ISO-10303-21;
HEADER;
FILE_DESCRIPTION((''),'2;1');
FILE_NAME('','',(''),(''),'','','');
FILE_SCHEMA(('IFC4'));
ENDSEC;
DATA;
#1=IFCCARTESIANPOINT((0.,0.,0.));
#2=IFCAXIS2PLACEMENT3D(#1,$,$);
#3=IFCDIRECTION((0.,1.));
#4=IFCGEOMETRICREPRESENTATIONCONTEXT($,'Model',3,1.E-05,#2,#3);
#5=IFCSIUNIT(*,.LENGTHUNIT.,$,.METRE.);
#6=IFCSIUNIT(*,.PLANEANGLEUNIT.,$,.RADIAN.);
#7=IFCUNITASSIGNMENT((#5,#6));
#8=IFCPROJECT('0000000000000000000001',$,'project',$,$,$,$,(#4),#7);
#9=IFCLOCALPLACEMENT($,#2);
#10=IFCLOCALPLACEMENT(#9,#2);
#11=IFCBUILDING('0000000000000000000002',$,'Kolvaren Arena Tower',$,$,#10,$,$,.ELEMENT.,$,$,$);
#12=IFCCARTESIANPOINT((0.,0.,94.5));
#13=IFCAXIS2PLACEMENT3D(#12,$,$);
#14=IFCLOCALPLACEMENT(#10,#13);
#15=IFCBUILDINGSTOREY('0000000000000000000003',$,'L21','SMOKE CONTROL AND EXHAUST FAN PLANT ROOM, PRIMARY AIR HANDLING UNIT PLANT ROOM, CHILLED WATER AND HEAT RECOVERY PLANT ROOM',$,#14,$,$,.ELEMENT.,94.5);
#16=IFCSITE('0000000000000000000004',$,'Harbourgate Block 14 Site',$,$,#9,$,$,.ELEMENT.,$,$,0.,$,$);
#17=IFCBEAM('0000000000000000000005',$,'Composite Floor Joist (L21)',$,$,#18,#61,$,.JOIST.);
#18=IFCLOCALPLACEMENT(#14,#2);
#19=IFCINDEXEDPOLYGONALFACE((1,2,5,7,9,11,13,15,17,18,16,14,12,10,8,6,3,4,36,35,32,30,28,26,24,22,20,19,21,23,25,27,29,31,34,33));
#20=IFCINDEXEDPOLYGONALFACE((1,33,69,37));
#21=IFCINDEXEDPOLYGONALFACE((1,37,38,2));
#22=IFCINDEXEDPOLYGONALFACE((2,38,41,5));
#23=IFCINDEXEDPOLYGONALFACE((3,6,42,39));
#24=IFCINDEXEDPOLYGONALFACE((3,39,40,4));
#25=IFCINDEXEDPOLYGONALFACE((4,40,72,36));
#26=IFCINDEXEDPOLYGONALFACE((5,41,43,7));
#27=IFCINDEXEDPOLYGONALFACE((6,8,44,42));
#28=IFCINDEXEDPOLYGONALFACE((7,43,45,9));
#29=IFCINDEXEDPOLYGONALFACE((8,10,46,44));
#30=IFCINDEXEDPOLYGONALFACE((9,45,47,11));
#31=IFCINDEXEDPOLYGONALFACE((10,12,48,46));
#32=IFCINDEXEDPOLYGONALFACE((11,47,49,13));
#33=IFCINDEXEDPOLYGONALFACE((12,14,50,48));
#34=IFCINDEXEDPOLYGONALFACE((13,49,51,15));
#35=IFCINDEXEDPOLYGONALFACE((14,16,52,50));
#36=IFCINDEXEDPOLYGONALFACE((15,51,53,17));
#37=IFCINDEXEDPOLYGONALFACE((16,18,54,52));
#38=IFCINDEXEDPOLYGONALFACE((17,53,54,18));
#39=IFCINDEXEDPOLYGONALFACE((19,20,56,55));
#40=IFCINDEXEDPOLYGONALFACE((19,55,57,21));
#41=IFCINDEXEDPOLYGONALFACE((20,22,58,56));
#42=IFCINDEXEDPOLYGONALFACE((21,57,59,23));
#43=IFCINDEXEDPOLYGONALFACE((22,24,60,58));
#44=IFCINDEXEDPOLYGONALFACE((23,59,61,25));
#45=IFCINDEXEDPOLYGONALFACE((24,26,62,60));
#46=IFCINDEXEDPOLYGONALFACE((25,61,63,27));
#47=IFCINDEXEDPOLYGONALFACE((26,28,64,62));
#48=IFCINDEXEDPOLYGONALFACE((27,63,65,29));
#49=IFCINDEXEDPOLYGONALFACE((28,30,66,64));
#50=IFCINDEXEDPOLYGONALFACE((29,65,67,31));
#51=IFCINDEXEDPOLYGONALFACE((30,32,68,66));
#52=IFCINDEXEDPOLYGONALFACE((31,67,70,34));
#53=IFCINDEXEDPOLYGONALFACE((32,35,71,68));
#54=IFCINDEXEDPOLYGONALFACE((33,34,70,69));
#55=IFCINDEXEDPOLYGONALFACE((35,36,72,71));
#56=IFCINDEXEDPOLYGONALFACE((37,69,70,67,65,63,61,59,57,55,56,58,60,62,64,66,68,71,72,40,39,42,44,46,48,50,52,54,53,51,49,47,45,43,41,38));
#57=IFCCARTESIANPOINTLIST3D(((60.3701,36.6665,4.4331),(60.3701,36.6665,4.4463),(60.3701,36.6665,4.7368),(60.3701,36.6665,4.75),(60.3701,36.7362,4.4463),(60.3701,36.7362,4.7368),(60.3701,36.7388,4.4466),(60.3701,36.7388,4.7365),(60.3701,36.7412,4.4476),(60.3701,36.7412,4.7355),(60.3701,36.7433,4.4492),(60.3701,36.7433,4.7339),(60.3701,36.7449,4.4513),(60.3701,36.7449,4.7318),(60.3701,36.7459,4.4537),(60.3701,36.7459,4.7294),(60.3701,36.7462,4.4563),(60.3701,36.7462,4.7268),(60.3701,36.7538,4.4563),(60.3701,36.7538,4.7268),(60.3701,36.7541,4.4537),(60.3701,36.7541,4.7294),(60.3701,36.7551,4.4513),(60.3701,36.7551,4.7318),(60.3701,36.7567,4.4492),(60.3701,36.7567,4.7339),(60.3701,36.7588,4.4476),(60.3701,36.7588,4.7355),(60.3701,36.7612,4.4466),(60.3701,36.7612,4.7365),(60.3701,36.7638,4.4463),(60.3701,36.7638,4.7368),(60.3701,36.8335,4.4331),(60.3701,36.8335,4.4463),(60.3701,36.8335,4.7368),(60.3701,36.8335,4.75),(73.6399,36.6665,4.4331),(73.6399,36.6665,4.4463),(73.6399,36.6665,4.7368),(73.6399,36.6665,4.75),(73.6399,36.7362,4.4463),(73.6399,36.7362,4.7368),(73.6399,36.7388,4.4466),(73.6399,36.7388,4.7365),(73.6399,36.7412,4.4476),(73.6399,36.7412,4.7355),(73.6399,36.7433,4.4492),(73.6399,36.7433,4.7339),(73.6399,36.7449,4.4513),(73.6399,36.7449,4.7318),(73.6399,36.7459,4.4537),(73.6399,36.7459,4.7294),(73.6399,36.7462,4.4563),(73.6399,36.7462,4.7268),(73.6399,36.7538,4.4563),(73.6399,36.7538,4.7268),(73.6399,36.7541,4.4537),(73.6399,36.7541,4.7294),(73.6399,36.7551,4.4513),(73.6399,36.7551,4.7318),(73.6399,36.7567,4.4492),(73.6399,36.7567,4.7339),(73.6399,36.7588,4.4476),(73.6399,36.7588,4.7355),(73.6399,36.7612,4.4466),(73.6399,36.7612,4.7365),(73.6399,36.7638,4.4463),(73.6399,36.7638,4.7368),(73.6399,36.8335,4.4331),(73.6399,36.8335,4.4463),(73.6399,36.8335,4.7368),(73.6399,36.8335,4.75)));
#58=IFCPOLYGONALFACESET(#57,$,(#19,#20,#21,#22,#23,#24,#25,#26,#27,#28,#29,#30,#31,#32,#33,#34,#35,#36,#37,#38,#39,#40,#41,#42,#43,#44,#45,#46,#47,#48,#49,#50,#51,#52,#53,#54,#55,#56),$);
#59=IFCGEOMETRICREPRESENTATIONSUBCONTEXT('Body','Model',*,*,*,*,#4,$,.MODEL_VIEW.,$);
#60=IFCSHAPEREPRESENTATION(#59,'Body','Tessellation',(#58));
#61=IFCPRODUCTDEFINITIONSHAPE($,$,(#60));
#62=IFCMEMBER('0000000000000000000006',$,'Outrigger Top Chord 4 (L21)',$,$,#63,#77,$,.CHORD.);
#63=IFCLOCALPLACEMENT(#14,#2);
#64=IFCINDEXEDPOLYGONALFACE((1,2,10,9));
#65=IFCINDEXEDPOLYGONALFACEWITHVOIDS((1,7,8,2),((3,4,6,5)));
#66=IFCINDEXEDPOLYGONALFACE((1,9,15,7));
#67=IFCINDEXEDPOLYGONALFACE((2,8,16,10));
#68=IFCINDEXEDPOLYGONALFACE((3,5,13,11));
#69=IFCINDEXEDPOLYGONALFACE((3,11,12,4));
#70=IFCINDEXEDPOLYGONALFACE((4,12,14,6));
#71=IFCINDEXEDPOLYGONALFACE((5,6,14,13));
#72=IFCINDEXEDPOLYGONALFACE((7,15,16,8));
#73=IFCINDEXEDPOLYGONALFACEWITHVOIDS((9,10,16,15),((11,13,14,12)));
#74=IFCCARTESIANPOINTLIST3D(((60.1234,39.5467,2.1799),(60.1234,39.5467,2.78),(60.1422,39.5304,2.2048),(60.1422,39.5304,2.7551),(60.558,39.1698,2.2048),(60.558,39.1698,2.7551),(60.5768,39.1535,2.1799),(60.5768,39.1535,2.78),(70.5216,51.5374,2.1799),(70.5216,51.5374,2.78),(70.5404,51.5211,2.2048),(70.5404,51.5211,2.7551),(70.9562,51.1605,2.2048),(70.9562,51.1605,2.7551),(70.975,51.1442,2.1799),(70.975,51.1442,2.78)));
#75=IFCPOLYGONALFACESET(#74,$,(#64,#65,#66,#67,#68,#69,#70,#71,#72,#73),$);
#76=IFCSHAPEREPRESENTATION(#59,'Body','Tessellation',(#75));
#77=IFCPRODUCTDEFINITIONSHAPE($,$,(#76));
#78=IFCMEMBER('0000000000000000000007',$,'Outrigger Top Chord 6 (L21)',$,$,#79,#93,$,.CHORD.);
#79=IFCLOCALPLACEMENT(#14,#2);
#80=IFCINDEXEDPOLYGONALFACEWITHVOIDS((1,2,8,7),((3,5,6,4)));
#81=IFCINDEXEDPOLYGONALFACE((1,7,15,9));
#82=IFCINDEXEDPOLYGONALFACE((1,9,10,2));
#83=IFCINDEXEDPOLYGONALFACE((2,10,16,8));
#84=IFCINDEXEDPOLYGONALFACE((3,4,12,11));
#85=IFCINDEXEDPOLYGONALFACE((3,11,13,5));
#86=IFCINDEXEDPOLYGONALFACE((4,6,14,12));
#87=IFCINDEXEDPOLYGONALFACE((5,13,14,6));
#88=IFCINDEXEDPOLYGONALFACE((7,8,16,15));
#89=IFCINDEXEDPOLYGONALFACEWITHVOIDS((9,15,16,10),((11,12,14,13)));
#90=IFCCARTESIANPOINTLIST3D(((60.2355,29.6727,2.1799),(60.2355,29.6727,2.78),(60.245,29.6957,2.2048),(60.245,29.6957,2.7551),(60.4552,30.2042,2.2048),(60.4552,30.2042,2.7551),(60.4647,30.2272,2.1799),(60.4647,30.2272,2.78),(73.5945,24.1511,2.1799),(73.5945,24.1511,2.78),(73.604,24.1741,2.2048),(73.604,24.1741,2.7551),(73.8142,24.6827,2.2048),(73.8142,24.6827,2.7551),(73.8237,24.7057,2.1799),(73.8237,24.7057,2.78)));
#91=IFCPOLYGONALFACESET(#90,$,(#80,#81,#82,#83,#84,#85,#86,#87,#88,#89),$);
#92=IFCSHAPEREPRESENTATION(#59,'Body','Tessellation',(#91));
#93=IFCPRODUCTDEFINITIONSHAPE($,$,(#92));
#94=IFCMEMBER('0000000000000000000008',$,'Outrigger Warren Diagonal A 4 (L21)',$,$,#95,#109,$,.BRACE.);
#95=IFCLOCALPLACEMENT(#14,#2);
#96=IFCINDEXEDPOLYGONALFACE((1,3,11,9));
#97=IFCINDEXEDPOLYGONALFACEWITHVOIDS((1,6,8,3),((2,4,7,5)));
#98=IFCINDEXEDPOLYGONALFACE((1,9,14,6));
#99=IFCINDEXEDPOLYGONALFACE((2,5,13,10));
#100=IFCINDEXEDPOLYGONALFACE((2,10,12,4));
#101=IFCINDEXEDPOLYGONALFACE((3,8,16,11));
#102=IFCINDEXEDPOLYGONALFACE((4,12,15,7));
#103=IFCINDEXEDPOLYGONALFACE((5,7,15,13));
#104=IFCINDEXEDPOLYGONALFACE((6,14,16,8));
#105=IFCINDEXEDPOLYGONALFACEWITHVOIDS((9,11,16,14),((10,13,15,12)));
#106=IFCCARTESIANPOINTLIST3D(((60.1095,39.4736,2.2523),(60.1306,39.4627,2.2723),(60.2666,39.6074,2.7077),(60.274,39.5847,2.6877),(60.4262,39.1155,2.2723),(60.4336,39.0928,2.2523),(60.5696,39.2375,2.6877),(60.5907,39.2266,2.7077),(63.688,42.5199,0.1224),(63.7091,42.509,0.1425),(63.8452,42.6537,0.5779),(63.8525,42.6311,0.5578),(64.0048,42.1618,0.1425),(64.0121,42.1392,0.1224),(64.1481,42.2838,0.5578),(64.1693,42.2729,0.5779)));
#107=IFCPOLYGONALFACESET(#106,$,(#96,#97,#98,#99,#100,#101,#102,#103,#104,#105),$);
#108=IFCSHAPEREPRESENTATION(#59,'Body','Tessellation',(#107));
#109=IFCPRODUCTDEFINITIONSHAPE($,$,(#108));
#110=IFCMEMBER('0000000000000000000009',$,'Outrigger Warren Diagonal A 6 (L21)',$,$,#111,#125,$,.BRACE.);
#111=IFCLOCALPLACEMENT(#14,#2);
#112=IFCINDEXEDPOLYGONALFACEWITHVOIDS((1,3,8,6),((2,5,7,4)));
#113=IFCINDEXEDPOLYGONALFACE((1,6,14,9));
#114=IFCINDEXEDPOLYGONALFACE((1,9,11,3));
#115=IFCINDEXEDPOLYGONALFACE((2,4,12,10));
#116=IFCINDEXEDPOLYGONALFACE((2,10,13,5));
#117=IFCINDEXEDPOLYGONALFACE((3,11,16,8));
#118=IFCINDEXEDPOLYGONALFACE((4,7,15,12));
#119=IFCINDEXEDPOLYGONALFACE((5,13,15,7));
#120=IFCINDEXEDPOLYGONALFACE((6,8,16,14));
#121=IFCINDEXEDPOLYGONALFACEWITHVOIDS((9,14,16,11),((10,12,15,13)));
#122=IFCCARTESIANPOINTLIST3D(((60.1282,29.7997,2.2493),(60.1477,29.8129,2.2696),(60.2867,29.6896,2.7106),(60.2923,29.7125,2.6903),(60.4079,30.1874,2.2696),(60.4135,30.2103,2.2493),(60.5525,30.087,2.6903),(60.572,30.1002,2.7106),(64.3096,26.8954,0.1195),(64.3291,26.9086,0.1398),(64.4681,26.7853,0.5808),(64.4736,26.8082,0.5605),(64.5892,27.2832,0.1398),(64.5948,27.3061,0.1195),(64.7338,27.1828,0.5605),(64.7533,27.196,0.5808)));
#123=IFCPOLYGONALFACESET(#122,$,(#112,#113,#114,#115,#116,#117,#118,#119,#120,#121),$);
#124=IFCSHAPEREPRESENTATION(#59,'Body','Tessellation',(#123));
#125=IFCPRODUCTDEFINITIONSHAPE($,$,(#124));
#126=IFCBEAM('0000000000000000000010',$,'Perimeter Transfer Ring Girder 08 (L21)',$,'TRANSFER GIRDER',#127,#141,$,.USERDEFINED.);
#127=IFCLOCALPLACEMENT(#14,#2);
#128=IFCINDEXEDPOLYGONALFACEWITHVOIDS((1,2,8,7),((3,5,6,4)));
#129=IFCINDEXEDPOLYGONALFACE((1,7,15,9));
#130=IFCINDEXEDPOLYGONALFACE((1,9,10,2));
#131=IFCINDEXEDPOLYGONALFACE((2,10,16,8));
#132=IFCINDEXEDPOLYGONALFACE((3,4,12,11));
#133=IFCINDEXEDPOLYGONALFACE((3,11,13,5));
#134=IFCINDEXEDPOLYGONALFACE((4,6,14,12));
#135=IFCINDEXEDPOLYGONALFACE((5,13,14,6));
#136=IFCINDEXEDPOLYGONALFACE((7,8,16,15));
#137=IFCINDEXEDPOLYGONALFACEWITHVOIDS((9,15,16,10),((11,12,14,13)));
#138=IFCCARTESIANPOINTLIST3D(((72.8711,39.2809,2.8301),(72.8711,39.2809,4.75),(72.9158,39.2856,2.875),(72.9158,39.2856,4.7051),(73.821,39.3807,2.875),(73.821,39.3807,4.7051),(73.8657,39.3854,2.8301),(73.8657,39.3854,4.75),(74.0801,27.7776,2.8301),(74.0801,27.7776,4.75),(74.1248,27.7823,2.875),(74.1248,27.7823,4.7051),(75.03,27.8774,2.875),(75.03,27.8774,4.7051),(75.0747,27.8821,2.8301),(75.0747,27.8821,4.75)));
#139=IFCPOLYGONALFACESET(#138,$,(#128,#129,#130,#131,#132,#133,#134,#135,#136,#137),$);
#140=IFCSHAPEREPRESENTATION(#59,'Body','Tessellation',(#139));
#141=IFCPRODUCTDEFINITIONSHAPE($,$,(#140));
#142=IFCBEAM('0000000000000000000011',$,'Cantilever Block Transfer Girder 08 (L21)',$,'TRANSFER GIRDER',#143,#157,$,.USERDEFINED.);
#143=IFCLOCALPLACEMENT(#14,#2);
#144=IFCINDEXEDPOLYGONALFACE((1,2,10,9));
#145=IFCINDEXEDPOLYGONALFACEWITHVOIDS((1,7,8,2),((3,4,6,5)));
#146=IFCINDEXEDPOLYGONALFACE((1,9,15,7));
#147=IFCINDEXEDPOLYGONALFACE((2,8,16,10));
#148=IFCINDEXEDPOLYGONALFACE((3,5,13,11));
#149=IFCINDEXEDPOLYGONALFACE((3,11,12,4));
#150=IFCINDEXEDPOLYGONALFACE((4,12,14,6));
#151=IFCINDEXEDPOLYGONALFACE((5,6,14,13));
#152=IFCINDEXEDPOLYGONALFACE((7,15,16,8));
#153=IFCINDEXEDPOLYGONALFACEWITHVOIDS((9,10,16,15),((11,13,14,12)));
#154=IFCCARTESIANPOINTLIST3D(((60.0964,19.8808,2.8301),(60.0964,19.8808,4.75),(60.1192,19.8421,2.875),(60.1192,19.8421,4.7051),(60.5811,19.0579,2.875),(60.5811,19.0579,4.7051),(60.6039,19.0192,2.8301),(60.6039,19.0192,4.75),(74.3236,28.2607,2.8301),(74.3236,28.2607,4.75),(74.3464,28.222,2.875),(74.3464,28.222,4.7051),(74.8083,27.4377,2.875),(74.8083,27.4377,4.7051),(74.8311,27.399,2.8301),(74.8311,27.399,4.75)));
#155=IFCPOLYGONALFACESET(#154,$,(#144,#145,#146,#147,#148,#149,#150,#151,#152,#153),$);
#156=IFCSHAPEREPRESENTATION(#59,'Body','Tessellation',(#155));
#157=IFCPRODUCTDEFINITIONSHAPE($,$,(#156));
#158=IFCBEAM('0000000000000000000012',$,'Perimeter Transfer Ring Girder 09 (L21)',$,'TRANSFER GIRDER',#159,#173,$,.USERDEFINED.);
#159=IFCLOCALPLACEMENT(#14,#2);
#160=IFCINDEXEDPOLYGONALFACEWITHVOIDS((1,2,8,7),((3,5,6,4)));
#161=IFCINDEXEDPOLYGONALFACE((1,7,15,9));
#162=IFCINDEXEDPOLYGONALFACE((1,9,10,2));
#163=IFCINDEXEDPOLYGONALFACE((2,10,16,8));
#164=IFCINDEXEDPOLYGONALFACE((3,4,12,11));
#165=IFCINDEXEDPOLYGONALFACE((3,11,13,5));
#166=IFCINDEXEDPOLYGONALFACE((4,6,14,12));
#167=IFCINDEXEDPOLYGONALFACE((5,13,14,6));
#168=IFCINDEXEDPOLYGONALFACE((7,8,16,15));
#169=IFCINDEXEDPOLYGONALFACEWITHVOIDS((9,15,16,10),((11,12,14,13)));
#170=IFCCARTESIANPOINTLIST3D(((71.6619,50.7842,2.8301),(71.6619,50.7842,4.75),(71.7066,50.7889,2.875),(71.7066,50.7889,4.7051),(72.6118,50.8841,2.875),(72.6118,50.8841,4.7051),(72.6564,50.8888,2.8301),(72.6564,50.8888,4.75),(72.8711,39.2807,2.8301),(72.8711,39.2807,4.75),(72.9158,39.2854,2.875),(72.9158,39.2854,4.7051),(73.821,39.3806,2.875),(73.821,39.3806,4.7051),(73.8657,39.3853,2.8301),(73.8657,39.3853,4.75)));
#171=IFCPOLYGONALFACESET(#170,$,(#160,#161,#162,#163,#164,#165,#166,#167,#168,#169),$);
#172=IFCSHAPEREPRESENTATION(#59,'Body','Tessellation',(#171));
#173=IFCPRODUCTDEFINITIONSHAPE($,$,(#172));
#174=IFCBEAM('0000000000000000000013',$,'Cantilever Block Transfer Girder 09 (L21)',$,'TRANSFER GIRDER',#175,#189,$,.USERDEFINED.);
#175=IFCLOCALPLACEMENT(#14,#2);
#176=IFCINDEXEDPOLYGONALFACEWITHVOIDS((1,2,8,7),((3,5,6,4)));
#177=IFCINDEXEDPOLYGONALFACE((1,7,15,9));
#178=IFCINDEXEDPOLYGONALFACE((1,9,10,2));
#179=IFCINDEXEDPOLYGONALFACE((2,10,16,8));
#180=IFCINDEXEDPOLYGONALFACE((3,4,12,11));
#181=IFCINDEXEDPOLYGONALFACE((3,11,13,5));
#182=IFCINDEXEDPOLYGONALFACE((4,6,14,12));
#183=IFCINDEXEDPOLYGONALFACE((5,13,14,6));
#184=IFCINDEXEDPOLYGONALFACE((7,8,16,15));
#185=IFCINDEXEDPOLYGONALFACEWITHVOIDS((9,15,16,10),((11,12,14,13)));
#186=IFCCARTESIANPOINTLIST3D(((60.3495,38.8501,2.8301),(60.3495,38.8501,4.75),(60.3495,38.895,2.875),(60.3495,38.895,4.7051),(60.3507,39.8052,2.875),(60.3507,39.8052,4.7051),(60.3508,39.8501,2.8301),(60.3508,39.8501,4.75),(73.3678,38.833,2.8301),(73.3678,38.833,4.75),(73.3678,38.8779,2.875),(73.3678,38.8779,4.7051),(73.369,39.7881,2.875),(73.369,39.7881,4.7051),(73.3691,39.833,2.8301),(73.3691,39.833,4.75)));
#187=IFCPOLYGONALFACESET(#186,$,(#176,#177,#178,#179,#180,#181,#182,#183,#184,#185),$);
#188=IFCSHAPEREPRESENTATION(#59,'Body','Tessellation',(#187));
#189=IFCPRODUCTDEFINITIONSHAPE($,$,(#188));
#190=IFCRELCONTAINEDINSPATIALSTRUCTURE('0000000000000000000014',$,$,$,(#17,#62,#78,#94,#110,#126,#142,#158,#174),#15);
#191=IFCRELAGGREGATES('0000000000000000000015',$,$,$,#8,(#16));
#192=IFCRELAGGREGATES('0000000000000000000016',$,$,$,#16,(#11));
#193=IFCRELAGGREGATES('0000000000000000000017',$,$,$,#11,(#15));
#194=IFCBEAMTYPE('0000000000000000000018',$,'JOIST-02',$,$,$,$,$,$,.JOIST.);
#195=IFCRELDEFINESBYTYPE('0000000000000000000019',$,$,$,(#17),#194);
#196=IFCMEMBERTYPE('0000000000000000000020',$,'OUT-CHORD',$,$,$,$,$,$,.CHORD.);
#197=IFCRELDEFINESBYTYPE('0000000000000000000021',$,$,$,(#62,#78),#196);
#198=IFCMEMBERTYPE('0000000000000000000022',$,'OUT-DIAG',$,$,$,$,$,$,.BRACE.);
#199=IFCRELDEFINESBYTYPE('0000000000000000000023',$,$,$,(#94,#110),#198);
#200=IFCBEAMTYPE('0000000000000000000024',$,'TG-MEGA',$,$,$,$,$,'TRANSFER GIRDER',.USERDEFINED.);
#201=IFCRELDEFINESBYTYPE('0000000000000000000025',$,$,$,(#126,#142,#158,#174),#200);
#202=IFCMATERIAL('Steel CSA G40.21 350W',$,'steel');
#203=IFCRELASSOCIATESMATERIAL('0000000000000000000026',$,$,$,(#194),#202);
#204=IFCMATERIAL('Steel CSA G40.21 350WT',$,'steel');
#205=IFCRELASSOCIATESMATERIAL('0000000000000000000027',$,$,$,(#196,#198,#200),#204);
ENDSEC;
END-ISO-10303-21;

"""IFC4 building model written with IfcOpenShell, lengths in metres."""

from ifc_helpers import new_model, si_unit, direction, frame, origin, origin_2d, place, context, subcontext, project, spatial, hollow_rectangle, i_section, extrude, material, material_profile, profile_set, type_object, element, save


model = new_model("IFC4")

# Units and contexts
model_context = context("Model", 3, precision=1e-05, world=origin(), true_north=direction((0.0, 1.0)))
body_context = subcontext(model_context, "Body", "Model", "MODEL_VIEW")
ifc_project = project(units=[si_unit("LENGTHUNIT", "METRE"), si_unit("PLANEANGLEUNIT", "RADIAN")], contexts=[model_context])

# Site, building, storey
site_placement = place(None, origin())
site = spatial("IfcSite", under=ifc_project, at=site_placement, Name="Harbourgate Block 14 Site", CompositionType="ELEMENT", RefElevation=0.0)
building_placement = place(site_placement, origin())
building = spatial("IfcBuilding", under=site, at=building_placement, Name="Kolvaren Arena Tower", CompositionType="ELEMENT")
storey_placement = place(building_placement, frame((0.0, 0.0, 94.5)))
storey = spatial("IfcBuildingStorey", under=building, at=storey_placement, Name="L21", Description="SMOKE CONTROL AND EXHAUST FAN PLANT ROOM, PRIMARY AIR HANDLING UNIT PLANT ROOM, CHILLED WATER AND HEAT RECOVERY PLANT ROOM", CompositionType="ELEMENT", Elevation=94.5)

# Shared definitions
ifc_material_1 = material(Name="Steel CSA G40.21 350WT", Category="steel")

# Beam
ifc_material_2 = material(Name="Steel CSA G40.21 350W", Category="steel")
ifc_material_profile_1 = material_profile(ifc_material_2, i_section(OverallWidth=0.167, OverallDepth=0.3169, WebThickness=0.0076, FlangeThickness=0.0132, FilletRadius=0.01, at=origin_2d()), Name="W310x52")
ifc_profile_set_1 = profile_set([ifc_material_profile_1], Name="Steel CSA G40.21 350W")
beam_type_1 = type_object("IfcBeamType", Name="JOIST-02", PredefinedType="JOIST", material=ifc_profile_set_1)
beam_1_placement = place(storey_placement, frame((60.3701, 36.75, 4.5916), z_axis=(1.0, 0.0, 0.0), x_axis=(0.0, 1.0, 0.0)))
element("IfcBeam", 1, at=beam_1_placement, inside=storey, type_object=beam_type_1, Name="Composite Floor Joist (L21)", PredefinedType="JOIST", context=body_context, shape_type="SweptSolid", body=[
    extrude(i_section(OverallWidth=0.167, OverallDepth=0.3169, WebThickness=0.0076, FlangeThickness=0.0132, FilletRadius=0.01, at=origin_2d()), origin(), (0.0, 0.0, 1.0), 13.2698),
])

# Members
ifc_material_profile_2 = material_profile(ifc_material_1, hollow_rectangle(XDim=0.6001, YDim=0.6001, WallThickness=0.0249, at=origin_2d()), Name="HSS 600x600x25")
ifc_profile_set_2 = profile_set([ifc_material_profile_2], Name="Steel CSA G40.21 350WT")
member_type_1 = type_object("IfcMemberType", Name="OUT-CHORD", PredefinedType="CHORD", material=ifc_profile_set_2)
member_1_placement = place(storey_placement, frame((60.3501, 39.3501, 2.48), z_axis=(0.655155, 0.755495, 0.0), x_axis=(-0.755495, 0.655155, 0.0)))
element("IfcMember", 2, at=member_1_placement, inside=storey, type_object=member_type_1, Name="Outrigger Top Chord 4 (L21)", PredefinedType="CHORD", context=body_context, shape_type="SweptSolid", body=[
    extrude(hollow_rectangle(XDim=0.6001, YDim=0.6001, WallThickness=0.0249, at=origin_2d()), origin(), (0.0, 0.0, 1.0), 15.8713),
])
member_2_placement = place(storey_placement, frame((60.3501, 29.95, 2.48), z_axis=(0.924171, -0.381978, 0.0), x_axis=(0.381978, 0.924171, 0.0)))
element("IfcMember", 3, at=member_2_placement, inside=storey, type_object=member_type_1, Name="Outrigger Top Chord 6 (L21)", PredefinedType="CHORD", context=body_context, shape_type="SweptSolid", body=[
    extrude(hollow_rectangle(XDim=0.6001, YDim=0.6001, WallThickness=0.0249, at=origin_2d()), origin(), (0.0, 0.0, 1.0), 14.4551),
])
ifc_material_profile_3 = material_profile(ifc_material_1, hollow_rectangle(XDim=0.5, YDim=0.5, WallThickness=0.022, at=origin_2d()), Name="HSS 500x500x22")
ifc_profile_set_3 = profile_set([ifc_material_profile_3], Name="Steel CSA G40.21 350WT")
member_type_2 = type_object("IfcMemberType", Name="OUT-DIAG", PredefinedType="BRACE", material=ifc_profile_set_3)
member_3_placement = place(storey_placement, frame((60.3501, 39.3501, 2.48), z_axis=(0.693559, 0.59041, -0.412785), x_axis=(-0.648212, 0.76146, 0.0)))
element("IfcMember", 4, at=member_3_placement, inside=storey, type_object=member_type_2, Name="Outrigger Warren Diagonal A 4 (L21)", PredefinedType="BRACE", context=body_context, shape_type="SweptSolid", body=[
    extrude(hollow_rectangle(XDim=0.5, YDim=0.5, WallThickness=0.022, at=origin_2d()), origin(), (0.0, 0.0, 1.0), 5.1597),
])
member_4_placement = place(storey_placement, frame((60.3501, 29.95, 2.48), z_axis=(0.757686, -0.52627, -0.385943), x_axis=(0.570469, 0.821319, 0.0)))
element("IfcMember", 5, at=member_4_placement, inside=storey, type_object=member_type_2, Name="Outrigger Warren Diagonal A 6 (L21)", PredefinedType="BRACE", context=body_context, shape_type="SweptSolid", body=[
    extrude(hollow_rectangle(XDim=0.5, YDim=0.5, WallThickness=0.022, at=origin_2d()), origin(), (0.0, 0.0, 1.0), 5.5186),
])

# Beams
ifc_material_profile_4 = material_profile(ifc_material_1, hollow_rectangle(XDim=1.0, YDim=1.9199, WallThickness=0.0449, at=origin_2d()), Name="BOX 1000x1920x45")
ifc_profile_set_4 = profile_set([ifc_material_profile_4], Name="Steel CSA G40.21 350WT")
beam_type_2 = type_object("IfcBeamType", Name="TG-MEGA", ElementType="TRANSFER GIRDER", PredefinedType="USERDEFINED", material=ifc_profile_set_4)
beam_2_placement = place(storey_placement, frame((74.5774, 27.8298, 3.79), z_axis=(-0.104524, 0.994522, 0.0), x_axis=(-0.994522, -0.104524, 0.0)))
element("IfcBeam", 6, at=beam_2_placement, inside=storey, type_object=beam_type_2, Name="Perimeter Transfer Ring Girder 08 (L21)", ObjectType="TRANSFER GIRDER", PredefinedType="USERDEFINED", context=body_context, shape_type="SweptSolid", body=[
    extrude(hollow_rectangle(XDim=1.0, YDim=1.9199, WallThickness=0.0449, at=origin_2d()), origin(), (0.0, 0.0, 1.0), 11.5667),
])
beam_3_placement = place(storey_placement, frame((74.5774, 27.8298, 3.79), z_axis=(-0.861646, -0.50751, 0.0), x_axis=(0.50751, -0.861646, 0.0)))
element("IfcBeam", 7, at=beam_3_placement, inside=storey, type_object=beam_type_2, Name="Cantilever Block Transfer Girder 08 (L21)", ObjectType="TRANSFER GIRDER", PredefinedType="USERDEFINED", context=body_context, shape_type="SweptSolid", body=[
    extrude(hollow_rectangle(XDim=1.0, YDim=1.9199, WallThickness=0.0449, at=origin_2d()), origin(), (0.0, 0.0, 1.0), 16.5117),
])
beam_4_placement = place(storey_placement, frame((73.3684, 39.333, 3.79), z_axis=(-0.104543, 0.99452, 0.0), x_axis=(-0.99452, -0.104543, 0.0)))
element("IfcBeam", 8, at=beam_4_placement, inside=storey, type_object=beam_type_2, Name="Perimeter Transfer Ring Girder 09 (L21)", ObjectType="TRANSFER GIRDER", PredefinedType="USERDEFINED", context=body_context, shape_type="SweptSolid", body=[
    extrude(hollow_rectangle(XDim=1.0, YDim=1.9199, WallThickness=0.0449, at=origin_2d()), origin(), (0.0, 0.0, 1.0), 11.5669),
])
beam_5_placement = place(storey_placement, frame((73.3684, 39.333, 3.79), z_axis=(-0.999999, 0.001313, 0.0), x_axis=(-0.001313, -0.999999, 0.0)))
element("IfcBeam", 9, at=beam_5_placement, inside=storey, type_object=beam_type_2, Name="Cantilever Block Transfer Girder 09 (L21)", ObjectType="TRANSFER GIRDER", PredefinedType="USERDEFINED", context=body_context, shape_type="SweptSolid", body=[
    extrude(hollow_rectangle(XDim=1.0, YDim=1.9199, WallThickness=0.0449, at=origin_2d()), origin(), (0.0, 0.0, 1.0), 13.0183),
])

save(model, "model.ifc")
